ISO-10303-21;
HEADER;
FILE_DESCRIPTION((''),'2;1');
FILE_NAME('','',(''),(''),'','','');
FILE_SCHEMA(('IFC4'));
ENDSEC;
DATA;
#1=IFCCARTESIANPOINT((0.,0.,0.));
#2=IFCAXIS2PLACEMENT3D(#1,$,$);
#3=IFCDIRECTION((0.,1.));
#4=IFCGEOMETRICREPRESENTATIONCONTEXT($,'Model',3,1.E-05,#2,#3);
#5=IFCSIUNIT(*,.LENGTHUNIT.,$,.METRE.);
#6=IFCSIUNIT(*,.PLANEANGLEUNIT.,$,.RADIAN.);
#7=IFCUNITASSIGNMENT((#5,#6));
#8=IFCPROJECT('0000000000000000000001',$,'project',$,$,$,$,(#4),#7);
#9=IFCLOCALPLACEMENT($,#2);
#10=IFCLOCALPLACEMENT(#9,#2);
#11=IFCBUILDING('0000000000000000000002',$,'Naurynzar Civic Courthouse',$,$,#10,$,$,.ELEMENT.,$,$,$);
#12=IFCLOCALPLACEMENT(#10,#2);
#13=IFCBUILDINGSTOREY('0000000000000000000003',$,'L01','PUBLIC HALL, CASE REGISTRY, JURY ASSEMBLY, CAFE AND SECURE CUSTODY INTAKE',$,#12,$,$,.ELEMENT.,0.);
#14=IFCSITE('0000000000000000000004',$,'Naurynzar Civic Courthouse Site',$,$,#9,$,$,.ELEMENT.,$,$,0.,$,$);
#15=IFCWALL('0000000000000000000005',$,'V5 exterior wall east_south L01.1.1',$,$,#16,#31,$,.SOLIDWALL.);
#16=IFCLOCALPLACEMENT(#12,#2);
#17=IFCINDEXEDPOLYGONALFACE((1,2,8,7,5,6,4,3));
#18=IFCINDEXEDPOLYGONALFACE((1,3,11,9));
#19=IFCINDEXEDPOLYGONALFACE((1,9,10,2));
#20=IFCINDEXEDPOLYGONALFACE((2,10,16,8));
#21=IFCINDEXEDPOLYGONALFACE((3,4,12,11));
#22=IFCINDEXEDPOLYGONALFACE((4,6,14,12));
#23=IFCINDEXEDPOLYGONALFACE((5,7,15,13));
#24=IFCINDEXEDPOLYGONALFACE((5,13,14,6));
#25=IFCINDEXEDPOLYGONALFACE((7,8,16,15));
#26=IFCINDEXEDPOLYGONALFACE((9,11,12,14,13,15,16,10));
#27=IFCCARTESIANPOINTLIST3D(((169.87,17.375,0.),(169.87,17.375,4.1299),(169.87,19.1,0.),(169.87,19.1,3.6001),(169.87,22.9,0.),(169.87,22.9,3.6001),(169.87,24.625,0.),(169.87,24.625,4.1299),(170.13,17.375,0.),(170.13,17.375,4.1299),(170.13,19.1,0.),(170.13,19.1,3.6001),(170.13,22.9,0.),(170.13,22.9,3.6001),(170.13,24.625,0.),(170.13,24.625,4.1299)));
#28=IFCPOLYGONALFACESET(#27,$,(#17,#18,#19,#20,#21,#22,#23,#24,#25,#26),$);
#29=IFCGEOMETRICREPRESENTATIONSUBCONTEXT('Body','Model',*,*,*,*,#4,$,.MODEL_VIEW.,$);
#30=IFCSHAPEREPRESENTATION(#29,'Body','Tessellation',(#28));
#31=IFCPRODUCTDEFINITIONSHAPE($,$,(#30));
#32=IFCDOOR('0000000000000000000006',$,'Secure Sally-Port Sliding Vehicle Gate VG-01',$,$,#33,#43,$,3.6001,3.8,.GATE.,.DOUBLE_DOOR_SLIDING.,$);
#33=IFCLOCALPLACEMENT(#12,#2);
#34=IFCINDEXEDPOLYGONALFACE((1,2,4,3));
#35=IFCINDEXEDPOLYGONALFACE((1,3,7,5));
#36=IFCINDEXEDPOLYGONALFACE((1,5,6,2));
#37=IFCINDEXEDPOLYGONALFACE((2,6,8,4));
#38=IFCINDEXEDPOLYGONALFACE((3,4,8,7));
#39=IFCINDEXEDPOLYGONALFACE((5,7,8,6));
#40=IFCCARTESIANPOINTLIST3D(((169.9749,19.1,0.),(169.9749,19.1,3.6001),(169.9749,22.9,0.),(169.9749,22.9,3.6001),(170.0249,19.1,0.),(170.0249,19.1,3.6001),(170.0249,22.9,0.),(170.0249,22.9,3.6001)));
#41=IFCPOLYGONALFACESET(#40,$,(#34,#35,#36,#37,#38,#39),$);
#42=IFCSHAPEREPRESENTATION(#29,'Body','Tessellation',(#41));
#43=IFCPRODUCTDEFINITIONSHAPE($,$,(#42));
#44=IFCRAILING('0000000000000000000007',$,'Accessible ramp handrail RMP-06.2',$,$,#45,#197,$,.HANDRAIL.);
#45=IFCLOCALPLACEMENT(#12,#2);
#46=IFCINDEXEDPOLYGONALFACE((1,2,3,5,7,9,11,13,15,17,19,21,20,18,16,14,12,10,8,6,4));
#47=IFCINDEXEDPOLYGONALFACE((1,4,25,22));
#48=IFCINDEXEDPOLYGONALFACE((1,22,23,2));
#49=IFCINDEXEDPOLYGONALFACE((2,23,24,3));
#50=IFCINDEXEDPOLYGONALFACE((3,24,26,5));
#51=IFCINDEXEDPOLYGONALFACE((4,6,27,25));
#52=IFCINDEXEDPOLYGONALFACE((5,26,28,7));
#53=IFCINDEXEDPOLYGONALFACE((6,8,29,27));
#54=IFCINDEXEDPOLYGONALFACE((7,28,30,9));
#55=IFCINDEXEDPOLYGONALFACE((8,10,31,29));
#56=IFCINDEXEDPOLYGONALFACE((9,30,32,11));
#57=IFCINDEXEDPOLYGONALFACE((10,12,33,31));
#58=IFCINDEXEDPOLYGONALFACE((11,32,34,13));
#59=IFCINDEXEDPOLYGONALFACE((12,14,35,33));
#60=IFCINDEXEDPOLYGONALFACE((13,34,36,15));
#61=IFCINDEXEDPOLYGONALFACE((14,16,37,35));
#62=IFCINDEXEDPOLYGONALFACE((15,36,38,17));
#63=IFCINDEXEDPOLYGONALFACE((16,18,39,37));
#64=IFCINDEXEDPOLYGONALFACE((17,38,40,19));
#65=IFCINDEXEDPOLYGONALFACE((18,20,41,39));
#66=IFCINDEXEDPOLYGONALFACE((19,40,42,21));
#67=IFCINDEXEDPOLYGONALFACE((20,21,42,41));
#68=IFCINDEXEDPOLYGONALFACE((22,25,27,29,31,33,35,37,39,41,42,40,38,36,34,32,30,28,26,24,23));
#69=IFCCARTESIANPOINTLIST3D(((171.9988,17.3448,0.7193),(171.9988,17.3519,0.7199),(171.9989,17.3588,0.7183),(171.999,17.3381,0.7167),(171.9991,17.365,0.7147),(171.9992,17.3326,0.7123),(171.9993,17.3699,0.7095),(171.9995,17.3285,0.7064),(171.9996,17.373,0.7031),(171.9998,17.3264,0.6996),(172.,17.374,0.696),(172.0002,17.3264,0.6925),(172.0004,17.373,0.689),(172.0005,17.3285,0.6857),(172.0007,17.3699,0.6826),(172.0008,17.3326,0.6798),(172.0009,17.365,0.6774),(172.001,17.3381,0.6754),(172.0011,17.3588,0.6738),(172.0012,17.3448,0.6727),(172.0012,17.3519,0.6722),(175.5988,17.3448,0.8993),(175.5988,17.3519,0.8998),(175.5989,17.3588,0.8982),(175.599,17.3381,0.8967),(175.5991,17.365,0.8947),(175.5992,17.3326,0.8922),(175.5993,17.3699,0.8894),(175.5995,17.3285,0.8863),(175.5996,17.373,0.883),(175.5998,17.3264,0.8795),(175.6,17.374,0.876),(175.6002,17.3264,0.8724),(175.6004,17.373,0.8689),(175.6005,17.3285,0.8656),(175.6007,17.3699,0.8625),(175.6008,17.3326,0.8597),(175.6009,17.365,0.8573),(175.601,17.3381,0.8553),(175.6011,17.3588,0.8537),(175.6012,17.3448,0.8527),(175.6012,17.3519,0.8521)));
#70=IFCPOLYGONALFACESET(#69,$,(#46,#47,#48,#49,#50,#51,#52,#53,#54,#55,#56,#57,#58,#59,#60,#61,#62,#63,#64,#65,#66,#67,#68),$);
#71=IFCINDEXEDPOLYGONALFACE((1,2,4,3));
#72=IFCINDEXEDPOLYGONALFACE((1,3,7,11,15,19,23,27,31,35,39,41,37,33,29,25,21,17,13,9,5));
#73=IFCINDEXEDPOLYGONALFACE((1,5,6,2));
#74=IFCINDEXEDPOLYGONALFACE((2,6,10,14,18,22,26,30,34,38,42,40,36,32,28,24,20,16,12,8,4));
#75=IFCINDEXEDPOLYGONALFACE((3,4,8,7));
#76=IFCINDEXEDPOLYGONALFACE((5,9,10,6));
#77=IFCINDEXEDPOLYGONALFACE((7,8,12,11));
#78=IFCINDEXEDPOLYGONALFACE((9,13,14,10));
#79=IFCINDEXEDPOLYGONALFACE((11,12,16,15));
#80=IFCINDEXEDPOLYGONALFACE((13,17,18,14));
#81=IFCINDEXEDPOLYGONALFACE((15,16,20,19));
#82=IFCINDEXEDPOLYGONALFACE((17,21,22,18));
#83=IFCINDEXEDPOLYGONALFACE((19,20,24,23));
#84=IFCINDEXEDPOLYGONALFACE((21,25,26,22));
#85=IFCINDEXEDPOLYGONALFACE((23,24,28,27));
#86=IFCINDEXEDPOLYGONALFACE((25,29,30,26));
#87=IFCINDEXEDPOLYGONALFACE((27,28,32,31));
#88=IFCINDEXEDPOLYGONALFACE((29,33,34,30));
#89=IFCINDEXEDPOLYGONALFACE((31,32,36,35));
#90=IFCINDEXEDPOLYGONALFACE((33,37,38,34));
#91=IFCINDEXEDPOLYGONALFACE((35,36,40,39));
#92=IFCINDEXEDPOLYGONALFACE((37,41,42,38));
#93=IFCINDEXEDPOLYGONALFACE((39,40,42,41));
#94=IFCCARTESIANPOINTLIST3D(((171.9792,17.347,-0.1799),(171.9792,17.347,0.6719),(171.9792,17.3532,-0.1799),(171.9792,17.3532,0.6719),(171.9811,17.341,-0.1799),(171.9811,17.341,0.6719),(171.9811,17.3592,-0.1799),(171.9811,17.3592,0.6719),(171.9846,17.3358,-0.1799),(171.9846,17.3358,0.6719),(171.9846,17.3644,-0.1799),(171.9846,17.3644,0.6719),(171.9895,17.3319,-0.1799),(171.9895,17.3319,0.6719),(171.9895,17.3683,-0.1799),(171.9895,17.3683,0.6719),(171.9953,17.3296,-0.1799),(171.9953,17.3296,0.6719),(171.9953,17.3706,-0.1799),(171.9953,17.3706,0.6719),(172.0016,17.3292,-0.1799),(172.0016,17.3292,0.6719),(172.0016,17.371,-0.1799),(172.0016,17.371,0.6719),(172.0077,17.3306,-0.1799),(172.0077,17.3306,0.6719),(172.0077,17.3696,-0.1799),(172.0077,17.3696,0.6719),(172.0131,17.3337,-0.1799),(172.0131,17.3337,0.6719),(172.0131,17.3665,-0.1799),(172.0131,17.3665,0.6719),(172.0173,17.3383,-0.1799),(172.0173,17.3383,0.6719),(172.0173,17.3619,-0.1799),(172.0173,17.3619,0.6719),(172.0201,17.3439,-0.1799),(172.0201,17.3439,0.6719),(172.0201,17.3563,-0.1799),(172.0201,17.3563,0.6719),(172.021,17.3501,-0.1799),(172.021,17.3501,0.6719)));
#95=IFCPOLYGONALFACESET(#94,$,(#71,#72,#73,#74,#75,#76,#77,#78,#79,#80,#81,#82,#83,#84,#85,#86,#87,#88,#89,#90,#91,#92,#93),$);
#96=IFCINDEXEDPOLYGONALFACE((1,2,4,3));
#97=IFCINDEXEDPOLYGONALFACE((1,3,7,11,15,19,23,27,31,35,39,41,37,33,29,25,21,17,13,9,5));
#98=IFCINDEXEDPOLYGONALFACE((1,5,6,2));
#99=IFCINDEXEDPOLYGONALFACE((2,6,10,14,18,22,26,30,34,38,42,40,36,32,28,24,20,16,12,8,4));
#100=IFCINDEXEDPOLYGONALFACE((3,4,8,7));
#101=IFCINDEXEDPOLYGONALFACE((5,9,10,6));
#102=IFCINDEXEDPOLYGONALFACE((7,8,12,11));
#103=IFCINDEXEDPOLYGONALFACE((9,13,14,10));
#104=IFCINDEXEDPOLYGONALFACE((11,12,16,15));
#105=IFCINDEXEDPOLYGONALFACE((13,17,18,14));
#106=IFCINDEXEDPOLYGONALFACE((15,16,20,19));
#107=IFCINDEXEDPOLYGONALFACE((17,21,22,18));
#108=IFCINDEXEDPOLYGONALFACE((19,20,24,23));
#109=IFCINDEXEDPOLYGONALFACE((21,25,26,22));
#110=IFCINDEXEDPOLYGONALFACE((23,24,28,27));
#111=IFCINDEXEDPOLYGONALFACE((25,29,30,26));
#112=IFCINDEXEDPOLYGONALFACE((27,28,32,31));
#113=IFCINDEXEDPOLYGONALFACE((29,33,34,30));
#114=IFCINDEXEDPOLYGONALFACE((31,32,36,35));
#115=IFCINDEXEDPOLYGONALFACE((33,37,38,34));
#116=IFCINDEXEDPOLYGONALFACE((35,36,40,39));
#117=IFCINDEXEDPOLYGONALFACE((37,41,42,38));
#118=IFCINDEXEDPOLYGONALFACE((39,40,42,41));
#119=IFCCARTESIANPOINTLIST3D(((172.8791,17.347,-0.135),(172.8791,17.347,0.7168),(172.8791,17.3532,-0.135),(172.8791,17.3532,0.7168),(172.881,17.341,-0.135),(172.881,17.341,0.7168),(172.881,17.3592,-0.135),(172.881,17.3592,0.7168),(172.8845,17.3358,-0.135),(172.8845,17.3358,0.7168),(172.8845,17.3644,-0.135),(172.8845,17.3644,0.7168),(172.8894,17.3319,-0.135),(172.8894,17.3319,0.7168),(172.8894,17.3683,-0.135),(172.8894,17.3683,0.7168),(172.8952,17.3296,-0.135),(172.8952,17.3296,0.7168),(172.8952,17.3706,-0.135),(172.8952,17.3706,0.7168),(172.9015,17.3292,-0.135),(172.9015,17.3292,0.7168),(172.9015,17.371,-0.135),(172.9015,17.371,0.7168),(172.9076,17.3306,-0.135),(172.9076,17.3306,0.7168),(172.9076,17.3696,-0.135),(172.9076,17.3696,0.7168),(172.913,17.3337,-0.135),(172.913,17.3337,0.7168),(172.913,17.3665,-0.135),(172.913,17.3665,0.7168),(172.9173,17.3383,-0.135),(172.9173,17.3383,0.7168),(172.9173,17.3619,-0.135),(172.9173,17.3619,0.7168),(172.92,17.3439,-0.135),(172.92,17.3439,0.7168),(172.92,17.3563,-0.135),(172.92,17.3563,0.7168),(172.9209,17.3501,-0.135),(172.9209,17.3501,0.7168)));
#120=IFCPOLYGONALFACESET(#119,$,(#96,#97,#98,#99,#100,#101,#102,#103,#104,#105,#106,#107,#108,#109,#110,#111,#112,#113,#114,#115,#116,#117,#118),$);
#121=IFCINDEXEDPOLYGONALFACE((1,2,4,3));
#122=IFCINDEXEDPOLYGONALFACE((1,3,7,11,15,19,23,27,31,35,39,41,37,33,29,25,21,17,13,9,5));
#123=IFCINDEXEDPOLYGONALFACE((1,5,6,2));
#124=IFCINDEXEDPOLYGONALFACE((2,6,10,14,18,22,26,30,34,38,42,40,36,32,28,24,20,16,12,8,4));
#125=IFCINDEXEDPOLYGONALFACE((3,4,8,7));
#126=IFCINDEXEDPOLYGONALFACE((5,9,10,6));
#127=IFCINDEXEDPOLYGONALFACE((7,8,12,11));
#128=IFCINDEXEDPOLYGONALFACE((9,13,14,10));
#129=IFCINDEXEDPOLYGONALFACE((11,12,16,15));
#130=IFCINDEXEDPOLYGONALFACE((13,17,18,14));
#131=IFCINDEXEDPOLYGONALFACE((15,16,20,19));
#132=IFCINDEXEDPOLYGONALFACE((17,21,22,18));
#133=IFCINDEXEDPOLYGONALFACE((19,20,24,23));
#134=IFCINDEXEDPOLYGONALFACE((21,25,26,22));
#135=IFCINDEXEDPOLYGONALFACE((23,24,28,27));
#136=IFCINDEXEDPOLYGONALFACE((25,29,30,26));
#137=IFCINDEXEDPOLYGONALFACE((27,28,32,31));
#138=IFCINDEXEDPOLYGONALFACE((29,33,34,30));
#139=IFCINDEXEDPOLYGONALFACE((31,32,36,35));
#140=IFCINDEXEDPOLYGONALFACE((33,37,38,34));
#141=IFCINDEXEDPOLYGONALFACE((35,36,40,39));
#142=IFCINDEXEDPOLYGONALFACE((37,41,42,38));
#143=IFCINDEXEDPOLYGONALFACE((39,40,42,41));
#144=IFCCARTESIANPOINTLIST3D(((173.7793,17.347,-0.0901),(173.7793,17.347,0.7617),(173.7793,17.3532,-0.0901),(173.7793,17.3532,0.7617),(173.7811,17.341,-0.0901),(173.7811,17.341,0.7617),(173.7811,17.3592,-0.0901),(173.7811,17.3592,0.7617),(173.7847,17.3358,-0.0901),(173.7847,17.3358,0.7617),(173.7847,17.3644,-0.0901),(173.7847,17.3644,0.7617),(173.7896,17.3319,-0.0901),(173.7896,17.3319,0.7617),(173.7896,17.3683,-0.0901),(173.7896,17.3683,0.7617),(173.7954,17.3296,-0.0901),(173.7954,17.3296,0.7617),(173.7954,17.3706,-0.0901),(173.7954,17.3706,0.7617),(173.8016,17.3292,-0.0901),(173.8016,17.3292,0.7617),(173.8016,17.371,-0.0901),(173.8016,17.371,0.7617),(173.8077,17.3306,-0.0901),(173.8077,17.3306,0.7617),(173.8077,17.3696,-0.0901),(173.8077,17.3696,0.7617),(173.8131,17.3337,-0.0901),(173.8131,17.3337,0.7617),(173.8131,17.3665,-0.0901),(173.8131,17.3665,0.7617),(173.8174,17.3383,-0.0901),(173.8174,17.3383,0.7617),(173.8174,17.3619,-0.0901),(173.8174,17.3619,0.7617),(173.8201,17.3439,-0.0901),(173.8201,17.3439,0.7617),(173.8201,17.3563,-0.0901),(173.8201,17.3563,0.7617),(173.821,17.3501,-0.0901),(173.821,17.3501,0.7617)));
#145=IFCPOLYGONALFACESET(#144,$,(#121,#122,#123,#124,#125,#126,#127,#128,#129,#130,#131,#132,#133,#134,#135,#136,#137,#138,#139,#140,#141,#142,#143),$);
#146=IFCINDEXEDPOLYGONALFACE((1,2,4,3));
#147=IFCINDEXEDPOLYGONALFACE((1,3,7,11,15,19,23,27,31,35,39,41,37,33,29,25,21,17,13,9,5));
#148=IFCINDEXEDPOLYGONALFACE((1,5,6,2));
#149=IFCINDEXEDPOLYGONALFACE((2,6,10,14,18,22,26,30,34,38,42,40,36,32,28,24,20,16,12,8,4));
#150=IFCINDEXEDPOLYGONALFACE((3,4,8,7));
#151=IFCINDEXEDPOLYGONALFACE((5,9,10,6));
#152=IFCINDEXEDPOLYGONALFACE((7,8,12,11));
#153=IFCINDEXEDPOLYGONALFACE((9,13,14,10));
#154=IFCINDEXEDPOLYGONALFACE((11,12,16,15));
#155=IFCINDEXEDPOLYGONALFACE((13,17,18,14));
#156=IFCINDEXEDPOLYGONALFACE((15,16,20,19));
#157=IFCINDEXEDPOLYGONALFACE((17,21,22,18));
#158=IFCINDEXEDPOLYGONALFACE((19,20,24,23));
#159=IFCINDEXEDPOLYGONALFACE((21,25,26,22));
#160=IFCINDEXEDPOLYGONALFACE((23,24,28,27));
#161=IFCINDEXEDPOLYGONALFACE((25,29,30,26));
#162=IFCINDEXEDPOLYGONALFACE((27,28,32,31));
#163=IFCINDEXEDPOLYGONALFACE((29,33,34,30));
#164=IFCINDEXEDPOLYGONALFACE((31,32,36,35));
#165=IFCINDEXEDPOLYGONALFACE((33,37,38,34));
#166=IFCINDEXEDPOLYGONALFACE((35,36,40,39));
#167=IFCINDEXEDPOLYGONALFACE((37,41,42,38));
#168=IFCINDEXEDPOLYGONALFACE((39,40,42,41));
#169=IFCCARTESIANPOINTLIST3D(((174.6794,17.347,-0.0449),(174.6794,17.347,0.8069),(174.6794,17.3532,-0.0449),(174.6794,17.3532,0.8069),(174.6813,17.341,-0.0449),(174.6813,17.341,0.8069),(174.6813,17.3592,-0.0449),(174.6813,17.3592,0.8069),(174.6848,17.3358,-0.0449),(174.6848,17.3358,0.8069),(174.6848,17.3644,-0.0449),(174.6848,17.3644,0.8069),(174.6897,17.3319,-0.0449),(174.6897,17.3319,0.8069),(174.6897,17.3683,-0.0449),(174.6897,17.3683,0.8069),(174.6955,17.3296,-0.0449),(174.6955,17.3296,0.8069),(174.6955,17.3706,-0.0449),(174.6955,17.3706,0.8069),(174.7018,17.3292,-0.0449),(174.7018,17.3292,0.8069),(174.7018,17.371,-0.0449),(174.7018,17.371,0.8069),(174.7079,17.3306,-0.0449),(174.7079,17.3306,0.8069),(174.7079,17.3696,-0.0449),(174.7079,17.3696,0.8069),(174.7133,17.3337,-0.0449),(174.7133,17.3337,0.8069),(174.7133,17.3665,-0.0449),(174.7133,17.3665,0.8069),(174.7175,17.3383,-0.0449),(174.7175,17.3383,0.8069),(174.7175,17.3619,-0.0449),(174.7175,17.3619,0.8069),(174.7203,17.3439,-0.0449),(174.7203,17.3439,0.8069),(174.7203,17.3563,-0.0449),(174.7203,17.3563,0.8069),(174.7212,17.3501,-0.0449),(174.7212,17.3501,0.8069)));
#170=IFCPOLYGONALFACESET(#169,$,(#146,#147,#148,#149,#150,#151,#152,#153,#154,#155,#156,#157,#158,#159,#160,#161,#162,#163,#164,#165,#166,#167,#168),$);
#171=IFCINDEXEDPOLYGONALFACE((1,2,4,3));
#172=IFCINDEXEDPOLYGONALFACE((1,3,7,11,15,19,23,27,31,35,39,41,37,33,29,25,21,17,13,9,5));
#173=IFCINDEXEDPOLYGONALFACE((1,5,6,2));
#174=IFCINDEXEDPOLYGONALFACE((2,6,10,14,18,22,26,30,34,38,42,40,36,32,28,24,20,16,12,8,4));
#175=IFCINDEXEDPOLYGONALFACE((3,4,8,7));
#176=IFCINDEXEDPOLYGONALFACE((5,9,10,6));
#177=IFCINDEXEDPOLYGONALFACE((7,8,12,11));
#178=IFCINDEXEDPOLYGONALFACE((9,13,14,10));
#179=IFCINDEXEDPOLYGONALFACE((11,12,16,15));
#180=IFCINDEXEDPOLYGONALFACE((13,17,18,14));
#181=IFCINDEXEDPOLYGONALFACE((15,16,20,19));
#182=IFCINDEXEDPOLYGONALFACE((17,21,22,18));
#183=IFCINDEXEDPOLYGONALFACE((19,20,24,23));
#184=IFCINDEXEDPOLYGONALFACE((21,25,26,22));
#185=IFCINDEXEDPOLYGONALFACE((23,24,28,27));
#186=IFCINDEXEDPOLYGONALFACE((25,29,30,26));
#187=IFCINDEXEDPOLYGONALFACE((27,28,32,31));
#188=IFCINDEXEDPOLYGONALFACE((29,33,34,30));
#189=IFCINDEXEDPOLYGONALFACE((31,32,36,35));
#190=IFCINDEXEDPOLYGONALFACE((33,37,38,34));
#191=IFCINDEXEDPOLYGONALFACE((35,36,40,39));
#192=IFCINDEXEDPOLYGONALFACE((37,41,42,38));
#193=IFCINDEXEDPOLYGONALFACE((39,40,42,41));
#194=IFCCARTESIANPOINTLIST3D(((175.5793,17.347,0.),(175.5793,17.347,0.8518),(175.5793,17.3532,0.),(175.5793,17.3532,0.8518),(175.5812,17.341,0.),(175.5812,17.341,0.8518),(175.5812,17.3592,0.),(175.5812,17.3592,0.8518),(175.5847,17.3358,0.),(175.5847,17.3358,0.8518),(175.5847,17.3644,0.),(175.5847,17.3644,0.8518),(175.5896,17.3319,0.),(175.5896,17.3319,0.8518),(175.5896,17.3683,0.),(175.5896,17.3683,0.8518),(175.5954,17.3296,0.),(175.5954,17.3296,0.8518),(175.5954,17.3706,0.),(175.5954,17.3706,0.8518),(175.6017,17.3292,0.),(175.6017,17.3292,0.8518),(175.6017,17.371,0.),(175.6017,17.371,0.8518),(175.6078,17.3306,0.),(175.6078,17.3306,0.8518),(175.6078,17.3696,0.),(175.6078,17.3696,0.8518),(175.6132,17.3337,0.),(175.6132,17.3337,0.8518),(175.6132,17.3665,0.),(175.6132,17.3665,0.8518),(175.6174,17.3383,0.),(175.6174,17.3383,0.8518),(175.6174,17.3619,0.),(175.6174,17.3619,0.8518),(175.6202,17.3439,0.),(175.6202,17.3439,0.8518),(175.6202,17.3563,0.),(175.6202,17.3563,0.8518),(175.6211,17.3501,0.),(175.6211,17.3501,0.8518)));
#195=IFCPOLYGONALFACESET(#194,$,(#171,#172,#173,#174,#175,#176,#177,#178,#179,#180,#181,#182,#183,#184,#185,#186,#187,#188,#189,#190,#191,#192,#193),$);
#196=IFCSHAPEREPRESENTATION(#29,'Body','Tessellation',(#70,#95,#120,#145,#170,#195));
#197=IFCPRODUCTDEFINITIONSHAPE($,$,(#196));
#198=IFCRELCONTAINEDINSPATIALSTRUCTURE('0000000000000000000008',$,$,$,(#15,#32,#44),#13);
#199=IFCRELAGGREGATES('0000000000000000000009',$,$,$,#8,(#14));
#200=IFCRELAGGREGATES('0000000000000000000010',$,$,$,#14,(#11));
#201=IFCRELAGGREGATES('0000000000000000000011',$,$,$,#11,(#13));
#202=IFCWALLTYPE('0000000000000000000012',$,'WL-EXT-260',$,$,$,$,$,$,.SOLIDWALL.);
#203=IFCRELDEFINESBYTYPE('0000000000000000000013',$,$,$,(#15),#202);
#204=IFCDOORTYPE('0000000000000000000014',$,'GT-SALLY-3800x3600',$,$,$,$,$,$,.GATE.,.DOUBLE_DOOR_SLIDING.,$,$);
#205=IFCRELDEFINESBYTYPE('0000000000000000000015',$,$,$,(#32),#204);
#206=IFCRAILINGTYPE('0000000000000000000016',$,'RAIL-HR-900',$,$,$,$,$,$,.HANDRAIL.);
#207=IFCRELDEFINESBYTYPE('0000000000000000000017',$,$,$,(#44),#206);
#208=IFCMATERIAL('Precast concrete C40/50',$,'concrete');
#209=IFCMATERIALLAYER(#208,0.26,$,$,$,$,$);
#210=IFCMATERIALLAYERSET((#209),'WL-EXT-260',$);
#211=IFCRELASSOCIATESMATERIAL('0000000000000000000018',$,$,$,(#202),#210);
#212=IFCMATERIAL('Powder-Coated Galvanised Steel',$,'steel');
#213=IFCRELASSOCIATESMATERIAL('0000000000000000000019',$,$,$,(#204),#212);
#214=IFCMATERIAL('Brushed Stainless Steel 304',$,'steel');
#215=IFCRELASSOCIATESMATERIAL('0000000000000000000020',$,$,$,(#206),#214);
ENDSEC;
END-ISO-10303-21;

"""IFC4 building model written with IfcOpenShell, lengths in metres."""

from ifc_helpers import new_model, si_unit, direction, frame, frame_2d, origin, origin_2d, place, context, subcontext, project, spatial, rectangle, circle, extrude, material, layer, layer_set, type_object, element, fill, save


model = new_model("IFC4")

# Units and contexts
model_context = context("Model", 3, precision=1e-05, world=origin(), true_north=direction((0.0, 1.0)))
body_context = subcontext(model_context, "Body", "Model", "MODEL_VIEW")
ifc_project = project(units=[si_unit("LENGTHUNIT", "METRE"), si_unit("PLANEANGLEUNIT", "RADIAN")], contexts=[model_context])

# Site, building, storey
site_placement = place(None, origin())
site = spatial("IfcSite", under=ifc_project, at=site_placement, Name="Naurynzar Civic Courthouse Site", CompositionType="ELEMENT", RefElevation=0.0)
building_placement = place(site_placement, origin())
building = spatial("IfcBuilding", under=site, at=building_placement, Name="Naurynzar Civic Courthouse", CompositionType="ELEMENT")
storey_placement = place(building_placement, origin())
storey = spatial("IfcBuildingStorey", under=building, at=storey_placement, Name="L01", Description="PUBLIC HALL, CASE REGISTRY, JURY ASSEMBLY, CAFE AND SECURE CUSTODY INTAKE", CompositionType="ELEMENT", Elevation=0.0)

# Shared definitions
ifc_material_1 = material(Name="Precast concrete C40/50", Category="concrete")
ifc_layer_1 = layer(ifc_material_1, 0.26)
ifc_layer_set_1 = layer_set([ifc_layer_1], Name="WL-EXT-260")
wall_type_1 = type_object("IfcWallType", Name="WL-EXT-260", PredefinedType="SOLIDWALL", material=ifc_layer_set_1)

# Wall, opening, door
wall_1_placement = place(storey_placement, frame((170.0, 24.625, 0.0), z_axis=(0.0, 0.0, 1.0), x_axis=(0.0, -1.0, 0.0)))
wall_1 = element("IfcWall", 1, at=wall_1_placement, inside=storey, type_object=wall_type_1, Name="V5 exterior wall east_south L01.1.1", PredefinedType="SOLIDWALL", context=body_context, shape_type="SweptSolid", body=[
    extrude(rectangle(XDim=7.25, YDim=0.26, at=frame_2d((3.625, 0.0))), origin(), (0.0, 0.0, 1.0), 4.1299),
])
opening_1_placement = place(wall_1_placement, frame((1.7251, 0.0, 0.0)))
opening_1 = element("IfcOpeningElement", 2, at=opening_1_placement, cuts=wall_1, PredefinedType="OPENING", context=body_context, shape_type="SweptSolid", body=[
    extrude(rectangle(XDim=3.8, YDim=3.6001, at=frame_2d((1.8999, 1.8))), frame((0.0, 0.1399, 0.0), z_axis=(0.0, -1.0, 0.0), x_axis=(1.0, 0.0, 0.0)), (0.0, 0.0, 1.0), 0.28),
])
ifc_material_2 = material(Name="Powder-Coated Galvanised Steel", Category="steel")
door_type_1 = type_object("IfcDoorType", Name="GT-SALLY-3800x3600", OperationType="DOUBLE_DOOR_SLIDING", PredefinedType="GATE", material=ifc_material_2)
door_1_placement = place(opening_1_placement, origin())
door_1 = element("IfcDoor", 3, at=door_1_placement, inside=storey, type_object=door_type_1, Name="Secure Sally-Port Sliding Vehicle Gate VG-01", OperationType="DOUBLE_DOOR_SLIDING", OverallHeight=3.6001, OverallWidth=3.8, PredefinedType="GATE", context=body_context, shape_type="SweptSolid", body=[
    extrude(rectangle(XDim=3.8, YDim=3.6001, at=frame_2d((1.8999, 1.8))), frame((0.0, 0.0249, 0.0), z_axis=(0.0, -1.0, 0.0), x_axis=(1.0, 0.0, 0.0)), (0.0, 0.0, 1.0), 0.05),
])
fill(opening_1, door_1)

# Railing
ifc_material_3 = material(Name="Brushed Stainless Steel 304", Category="steel")
railing_type = type_object("IfcRailingType", Name="RAIL-HR-900", PredefinedType="HANDRAIL", material=ifc_material_3)
railing_placement = place(storey_placement, frame((172.0, 17.3501, -0.1799)))
element("IfcRailing", 4, at=railing_placement, inside=storey, type_object=railing_type, Name="Accessible ramp handrail RMP-06.2", PredefinedType="HANDRAIL", context=body_context, shape_type="SweptSolid", body=[
    extrude(circle(Radius=0.0239, at=origin_2d()), frame((0.0, 0.0, 0.876), z_axis=(0.998753, 0.0, 0.049917), x_axis=(0.0, 1.0, 0.0)), (0.0, 0.0, 1.0), 3.6045),
    extrude(circle(Radius=0.021, at=origin_2d()), origin(), (0.0, 0.0, 1.0), 0.8518),
    extrude(circle(Radius=0.021, at=origin_2d()), frame((0.8999, 0.0, 0.0449)), (0.0, 0.0, 1.0), 0.8518),
    extrude(circle(Radius=0.021, at=origin_2d()), frame((1.8, 0.0, 0.0898)), (0.0, 0.0, 1.0), 0.8518),
    extrude(circle(Radius=0.021, at=origin_2d()), frame((2.7002, 0.0, 0.135)), (0.0, 0.0, 1.0), 0.8518),
    extrude(circle(Radius=0.021, at=origin_2d()), frame((3.6001, 0.0, 0.1799)), (0.0, 0.0, 1.0), 0.8518),
])

save(model, "model.ifc")
